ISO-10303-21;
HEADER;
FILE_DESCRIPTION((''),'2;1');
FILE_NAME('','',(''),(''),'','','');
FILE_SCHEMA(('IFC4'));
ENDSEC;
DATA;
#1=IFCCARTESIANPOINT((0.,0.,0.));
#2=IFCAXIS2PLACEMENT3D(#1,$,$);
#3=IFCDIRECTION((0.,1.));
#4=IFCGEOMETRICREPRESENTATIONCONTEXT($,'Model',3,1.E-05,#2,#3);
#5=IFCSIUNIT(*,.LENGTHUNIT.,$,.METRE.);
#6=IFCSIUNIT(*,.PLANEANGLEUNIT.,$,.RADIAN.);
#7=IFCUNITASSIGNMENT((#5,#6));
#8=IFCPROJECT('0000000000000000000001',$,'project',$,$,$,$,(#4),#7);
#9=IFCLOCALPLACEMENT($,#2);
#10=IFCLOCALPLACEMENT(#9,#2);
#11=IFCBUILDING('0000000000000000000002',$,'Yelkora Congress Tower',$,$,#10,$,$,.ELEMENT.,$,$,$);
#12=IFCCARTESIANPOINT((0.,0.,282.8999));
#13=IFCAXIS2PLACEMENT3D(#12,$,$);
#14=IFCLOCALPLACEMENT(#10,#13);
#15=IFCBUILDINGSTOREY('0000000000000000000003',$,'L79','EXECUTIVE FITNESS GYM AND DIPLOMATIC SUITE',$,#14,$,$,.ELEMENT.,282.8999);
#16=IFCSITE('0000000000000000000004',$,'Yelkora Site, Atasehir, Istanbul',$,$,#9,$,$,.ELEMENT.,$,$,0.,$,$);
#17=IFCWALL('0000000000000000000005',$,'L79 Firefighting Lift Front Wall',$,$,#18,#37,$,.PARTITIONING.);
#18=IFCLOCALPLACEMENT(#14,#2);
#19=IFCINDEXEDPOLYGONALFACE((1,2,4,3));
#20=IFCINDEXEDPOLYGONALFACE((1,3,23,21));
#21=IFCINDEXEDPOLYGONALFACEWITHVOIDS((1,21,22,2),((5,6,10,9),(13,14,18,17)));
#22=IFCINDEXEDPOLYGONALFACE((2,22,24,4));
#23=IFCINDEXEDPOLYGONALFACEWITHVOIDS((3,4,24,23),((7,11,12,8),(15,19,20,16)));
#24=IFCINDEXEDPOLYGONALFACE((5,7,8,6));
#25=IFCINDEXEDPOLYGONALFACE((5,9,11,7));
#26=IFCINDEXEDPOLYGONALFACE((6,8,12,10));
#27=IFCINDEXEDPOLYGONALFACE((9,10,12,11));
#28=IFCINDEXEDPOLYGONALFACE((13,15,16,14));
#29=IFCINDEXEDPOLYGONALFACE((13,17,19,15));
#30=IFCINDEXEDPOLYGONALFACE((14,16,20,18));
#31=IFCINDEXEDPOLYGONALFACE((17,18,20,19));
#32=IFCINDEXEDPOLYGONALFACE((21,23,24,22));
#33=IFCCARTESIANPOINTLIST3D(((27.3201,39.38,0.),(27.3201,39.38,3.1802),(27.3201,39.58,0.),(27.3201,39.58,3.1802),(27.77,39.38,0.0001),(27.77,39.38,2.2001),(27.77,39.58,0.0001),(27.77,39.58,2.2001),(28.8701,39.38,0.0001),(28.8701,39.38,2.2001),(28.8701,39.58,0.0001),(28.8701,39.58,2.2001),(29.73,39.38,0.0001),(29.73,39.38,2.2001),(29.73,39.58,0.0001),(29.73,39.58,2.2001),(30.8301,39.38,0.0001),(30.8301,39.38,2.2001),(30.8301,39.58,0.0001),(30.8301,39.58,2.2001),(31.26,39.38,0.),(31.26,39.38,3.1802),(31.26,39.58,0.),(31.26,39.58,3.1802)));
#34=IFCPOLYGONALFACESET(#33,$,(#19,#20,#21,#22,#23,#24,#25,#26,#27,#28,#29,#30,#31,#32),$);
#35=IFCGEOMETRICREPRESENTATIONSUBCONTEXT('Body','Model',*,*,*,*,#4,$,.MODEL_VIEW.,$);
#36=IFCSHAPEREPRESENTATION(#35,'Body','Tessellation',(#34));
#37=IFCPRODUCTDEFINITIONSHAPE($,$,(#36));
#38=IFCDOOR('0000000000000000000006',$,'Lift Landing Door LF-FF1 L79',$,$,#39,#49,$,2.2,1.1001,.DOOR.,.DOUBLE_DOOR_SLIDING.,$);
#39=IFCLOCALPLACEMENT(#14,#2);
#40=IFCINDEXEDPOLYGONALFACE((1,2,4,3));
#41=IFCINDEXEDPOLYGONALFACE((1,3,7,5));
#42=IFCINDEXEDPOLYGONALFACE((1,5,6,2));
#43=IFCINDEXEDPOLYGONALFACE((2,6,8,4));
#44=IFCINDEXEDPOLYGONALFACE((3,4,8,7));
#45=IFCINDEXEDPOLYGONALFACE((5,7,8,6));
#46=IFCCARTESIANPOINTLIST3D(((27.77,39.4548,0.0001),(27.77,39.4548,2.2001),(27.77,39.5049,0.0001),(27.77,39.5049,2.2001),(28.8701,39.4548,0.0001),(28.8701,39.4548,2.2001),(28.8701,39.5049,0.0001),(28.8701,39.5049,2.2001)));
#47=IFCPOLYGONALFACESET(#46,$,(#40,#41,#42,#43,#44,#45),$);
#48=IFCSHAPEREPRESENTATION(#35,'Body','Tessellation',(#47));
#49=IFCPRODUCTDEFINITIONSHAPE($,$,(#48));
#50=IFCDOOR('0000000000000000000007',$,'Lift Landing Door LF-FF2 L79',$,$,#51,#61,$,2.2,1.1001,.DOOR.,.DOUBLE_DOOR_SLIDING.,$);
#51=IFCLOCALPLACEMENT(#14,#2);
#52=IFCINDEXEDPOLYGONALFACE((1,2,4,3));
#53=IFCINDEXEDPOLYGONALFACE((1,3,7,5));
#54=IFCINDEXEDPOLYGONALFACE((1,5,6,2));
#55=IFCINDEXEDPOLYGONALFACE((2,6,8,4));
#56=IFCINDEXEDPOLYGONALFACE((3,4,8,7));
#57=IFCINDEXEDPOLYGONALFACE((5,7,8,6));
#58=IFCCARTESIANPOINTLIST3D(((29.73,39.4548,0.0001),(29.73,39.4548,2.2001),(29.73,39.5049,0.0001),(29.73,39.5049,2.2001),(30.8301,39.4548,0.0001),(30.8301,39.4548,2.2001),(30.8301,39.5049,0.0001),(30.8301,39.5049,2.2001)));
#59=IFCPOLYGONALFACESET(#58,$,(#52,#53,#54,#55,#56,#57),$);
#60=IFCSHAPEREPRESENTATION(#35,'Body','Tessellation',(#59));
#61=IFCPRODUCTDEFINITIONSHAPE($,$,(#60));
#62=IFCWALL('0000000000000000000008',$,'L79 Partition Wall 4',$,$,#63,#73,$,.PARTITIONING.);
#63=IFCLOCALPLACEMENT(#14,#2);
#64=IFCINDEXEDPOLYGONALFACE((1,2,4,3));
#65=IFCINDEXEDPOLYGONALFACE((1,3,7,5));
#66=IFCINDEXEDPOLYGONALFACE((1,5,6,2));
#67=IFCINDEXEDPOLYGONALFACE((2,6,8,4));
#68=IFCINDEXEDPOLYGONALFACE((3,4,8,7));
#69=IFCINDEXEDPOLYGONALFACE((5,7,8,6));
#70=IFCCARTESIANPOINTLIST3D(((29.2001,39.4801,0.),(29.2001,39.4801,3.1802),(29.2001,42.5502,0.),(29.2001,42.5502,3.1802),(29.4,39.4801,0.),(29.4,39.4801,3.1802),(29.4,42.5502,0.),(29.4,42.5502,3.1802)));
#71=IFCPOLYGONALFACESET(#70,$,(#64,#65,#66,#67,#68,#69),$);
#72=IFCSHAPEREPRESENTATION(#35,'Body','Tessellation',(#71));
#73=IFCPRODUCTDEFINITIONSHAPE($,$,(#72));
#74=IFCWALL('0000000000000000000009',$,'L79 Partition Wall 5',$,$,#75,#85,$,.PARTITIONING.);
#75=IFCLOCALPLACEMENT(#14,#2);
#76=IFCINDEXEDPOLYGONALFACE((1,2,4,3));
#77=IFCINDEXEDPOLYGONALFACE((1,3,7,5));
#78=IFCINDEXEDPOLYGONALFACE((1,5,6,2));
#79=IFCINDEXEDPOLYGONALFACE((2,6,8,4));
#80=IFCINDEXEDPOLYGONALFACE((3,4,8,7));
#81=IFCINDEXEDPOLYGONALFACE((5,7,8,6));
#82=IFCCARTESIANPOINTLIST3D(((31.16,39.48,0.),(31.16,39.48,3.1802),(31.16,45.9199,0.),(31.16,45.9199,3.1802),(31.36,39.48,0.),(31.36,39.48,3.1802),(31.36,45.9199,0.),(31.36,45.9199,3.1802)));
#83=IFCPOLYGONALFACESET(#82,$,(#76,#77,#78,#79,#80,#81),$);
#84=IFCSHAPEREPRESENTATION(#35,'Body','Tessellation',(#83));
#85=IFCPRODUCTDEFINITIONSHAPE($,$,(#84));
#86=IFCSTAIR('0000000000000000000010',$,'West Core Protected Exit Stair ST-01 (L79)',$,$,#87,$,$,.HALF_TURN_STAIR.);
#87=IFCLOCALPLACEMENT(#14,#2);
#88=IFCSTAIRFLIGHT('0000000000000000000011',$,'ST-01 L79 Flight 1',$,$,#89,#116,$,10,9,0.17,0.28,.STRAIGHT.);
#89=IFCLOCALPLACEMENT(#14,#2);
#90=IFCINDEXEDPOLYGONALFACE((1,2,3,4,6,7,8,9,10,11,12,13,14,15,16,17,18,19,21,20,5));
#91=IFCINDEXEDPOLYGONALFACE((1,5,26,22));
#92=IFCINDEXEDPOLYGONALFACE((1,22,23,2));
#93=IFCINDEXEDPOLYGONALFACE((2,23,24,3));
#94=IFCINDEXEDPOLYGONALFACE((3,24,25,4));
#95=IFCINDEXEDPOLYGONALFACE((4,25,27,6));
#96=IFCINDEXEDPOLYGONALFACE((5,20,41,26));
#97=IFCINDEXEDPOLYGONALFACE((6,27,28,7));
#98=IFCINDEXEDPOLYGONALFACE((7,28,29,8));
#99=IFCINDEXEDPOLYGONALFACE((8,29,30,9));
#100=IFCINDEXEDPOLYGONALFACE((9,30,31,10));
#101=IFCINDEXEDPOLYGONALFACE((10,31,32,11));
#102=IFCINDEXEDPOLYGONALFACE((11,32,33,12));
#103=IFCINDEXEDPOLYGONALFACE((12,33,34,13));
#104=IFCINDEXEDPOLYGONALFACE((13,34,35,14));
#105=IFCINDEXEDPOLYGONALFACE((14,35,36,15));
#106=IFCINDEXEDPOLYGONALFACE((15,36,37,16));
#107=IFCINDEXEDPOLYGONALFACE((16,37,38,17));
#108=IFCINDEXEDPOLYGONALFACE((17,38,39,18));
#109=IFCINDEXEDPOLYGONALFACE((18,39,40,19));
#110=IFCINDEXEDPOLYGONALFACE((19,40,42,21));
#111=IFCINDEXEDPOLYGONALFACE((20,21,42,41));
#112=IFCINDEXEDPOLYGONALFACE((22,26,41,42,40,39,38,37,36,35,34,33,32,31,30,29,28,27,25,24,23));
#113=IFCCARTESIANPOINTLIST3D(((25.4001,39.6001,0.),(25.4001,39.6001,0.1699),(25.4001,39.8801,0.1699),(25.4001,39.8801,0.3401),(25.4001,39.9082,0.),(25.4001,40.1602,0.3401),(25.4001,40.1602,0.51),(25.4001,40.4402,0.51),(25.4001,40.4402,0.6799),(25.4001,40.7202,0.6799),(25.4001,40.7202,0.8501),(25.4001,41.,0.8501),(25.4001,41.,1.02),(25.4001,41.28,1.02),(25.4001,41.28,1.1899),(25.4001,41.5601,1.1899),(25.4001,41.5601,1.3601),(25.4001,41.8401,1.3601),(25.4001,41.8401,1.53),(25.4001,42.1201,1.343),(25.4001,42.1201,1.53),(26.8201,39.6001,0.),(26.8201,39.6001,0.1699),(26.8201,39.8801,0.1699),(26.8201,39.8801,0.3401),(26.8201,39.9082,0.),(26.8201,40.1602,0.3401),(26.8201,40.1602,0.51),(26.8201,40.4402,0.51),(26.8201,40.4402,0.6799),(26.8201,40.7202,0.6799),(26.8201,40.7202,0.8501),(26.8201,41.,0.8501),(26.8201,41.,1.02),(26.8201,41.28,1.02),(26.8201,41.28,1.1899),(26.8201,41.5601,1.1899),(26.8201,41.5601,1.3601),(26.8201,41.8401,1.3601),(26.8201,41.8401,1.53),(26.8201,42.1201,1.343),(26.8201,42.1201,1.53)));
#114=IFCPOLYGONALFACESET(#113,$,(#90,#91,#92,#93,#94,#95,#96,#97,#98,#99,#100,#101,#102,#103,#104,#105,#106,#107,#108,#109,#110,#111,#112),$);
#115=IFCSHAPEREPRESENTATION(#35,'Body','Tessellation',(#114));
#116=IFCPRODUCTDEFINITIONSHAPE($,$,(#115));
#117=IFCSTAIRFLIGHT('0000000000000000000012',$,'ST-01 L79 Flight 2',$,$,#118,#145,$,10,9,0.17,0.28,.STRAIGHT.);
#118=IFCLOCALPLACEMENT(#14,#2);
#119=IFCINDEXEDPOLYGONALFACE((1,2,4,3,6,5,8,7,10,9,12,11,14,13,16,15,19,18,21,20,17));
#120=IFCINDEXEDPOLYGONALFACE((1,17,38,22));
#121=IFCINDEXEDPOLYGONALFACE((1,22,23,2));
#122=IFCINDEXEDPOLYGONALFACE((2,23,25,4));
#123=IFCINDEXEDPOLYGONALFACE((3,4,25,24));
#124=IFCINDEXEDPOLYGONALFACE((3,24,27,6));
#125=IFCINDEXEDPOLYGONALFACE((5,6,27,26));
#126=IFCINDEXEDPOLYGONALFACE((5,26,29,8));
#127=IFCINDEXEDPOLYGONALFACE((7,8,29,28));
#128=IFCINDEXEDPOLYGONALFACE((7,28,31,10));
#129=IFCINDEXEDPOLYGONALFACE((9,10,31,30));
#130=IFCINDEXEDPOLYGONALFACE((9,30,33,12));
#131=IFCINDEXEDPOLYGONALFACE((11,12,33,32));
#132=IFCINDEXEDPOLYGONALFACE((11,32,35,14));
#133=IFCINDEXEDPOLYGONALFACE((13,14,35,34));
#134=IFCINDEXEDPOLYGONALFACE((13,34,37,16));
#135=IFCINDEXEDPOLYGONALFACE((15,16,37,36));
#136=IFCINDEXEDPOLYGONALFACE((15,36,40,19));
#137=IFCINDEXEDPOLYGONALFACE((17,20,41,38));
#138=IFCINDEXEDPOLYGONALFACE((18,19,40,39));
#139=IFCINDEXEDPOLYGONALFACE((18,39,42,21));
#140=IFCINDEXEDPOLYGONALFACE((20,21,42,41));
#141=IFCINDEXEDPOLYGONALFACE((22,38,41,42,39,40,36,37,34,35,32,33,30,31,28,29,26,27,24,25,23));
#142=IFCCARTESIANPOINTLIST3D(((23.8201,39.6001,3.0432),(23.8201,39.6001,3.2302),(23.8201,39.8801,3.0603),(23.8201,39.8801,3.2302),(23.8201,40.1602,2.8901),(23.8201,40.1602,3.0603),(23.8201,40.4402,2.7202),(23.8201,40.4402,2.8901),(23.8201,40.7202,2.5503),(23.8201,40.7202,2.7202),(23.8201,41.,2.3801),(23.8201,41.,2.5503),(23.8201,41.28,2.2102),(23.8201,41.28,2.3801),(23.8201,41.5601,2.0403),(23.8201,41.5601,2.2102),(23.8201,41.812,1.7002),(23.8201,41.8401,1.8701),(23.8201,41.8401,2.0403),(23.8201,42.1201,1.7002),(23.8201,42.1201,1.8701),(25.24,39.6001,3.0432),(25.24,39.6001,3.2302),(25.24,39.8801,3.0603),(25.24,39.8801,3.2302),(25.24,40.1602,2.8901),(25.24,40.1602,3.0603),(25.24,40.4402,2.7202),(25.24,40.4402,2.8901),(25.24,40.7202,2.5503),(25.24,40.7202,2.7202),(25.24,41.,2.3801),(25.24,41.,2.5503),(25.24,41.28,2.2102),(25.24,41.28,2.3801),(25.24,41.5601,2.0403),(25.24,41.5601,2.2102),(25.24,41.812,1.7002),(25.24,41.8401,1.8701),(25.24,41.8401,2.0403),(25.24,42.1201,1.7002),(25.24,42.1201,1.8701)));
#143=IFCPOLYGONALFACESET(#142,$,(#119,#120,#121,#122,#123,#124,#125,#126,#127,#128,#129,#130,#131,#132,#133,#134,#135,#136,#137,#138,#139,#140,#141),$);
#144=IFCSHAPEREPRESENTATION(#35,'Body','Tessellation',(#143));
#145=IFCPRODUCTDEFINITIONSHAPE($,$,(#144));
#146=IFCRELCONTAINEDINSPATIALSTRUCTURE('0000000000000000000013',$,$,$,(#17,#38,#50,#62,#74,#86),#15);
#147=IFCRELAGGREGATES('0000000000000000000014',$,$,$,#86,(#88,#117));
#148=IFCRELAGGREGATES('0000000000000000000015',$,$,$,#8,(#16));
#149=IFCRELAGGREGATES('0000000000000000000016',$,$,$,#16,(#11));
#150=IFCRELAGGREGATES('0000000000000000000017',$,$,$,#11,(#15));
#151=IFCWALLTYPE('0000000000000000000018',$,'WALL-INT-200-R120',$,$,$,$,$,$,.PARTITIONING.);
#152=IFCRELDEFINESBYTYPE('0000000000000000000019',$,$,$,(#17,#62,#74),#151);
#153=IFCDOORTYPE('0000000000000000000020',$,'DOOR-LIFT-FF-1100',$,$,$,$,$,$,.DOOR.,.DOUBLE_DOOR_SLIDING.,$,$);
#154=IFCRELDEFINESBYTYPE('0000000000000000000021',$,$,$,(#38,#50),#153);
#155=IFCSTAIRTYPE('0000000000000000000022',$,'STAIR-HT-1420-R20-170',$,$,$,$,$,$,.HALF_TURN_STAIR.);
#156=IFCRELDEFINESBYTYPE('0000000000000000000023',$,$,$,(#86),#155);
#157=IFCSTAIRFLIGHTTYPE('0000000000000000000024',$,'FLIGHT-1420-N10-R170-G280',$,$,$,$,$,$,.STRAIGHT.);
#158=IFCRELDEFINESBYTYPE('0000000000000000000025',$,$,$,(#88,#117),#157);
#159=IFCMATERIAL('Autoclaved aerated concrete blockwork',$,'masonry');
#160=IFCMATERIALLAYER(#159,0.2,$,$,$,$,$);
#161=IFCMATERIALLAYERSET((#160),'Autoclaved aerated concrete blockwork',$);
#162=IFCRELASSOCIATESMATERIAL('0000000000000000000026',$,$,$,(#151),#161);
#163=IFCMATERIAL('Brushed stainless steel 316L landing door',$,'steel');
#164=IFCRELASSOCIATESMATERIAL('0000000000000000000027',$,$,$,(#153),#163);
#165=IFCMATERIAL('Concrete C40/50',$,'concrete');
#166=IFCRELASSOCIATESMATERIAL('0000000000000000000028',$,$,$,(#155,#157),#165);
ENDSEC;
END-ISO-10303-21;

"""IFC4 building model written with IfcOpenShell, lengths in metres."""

from ifc_helpers import new_model, si_unit, direction, frame, frame_2d, origin, place, context, subcontext, project, spatial, polyline, rectangle, outline, extrude, material, layer, layer_set, type_object, element, fill, aggregate, save


model = new_model("IFC4")

# Units and contexts
model_context = context("Model", 3, precision=1e-05, world=origin(), true_north=direction((0.0, 1.0)))
body_context = subcontext(model_context, "Body", "Model", "MODEL_VIEW")
ifc_project = project(units=[si_unit("LENGTHUNIT", "METRE"), si_unit("PLANEANGLEUNIT", "RADIAN")], contexts=[model_context])

# Site, building, storey
site_placement = place(None, origin())
site = spatial("IfcSite", under=ifc_project, at=site_placement, Name="Yelkora Site, Atasehir, Istanbul", CompositionType="ELEMENT", RefElevation=0.0)
building_placement = place(site_placement, origin())
building = spatial("IfcBuilding", under=site, at=building_placement, Name="Yelkora Congress Tower", CompositionType="ELEMENT")
storey_placement = place(building_placement, frame((0.0, 0.0, 282.8999)))
storey = spatial("IfcBuildingStorey", under=building, at=storey_placement, Name="L79", Description="EXECUTIVE FITNESS GYM AND DIPLOMATIC SUITE", CompositionType="ELEMENT", Elevation=282.8999)

# Shared definitions
ifc_material_1 = material(Name="Autoclaved aerated concrete blockwork", Category="masonry")
ifc_layer_1 = layer(ifc_material_1, 0.2)
ifc_layer_set_1 = layer_set([ifc_layer_1], Name="Autoclaved aerated concrete blockwork")
wall_type_1 = type_object("IfcWallType", Name="WALL-INT-200-R120", PredefinedType="PARTITIONING", material=ifc_layer_set_1)

# Wall, openings, doors
wall_1_placement = place(storey_placement, frame((27.3201, 39.48, 0.0), z_axis=(0.0, 0.0, 1.0), x_axis=(1.0, 0.0, 0.0)))
wall_1 = element("IfcWall", 1, at=wall_1_placement, inside=storey, type_object=wall_type_1, Name="L79 Firefighting Lift Front Wall", PredefinedType="PARTITIONING", context=body_context, shape_type="SweptSolid", body=[
    extrude(rectangle(XDim=3.9399, YDim=0.2, at=frame_2d((1.97, 0.0))), origin(), (0.0, 0.0, 1.0), 3.1802),
])
opening_1_placement = place(wall_1_placement, frame((0.45, 0.0, 0.0)))
opening_1 = element("IfcOpeningElement", 2, at=opening_1_placement, cuts=wall_1, PredefinedType="OPENING", context=body_context, shape_type="SweptSolid", body=[
    extrude(rectangle(XDim=1.1001, YDim=2.2, at=frame_2d((0.55, 1.1001))), frame((0.0, 0.1099, 0.0), z_axis=(0.0, -1.0, 0.0), x_axis=(1.0, 0.0, 0.0)), (0.0, 0.0, 1.0), 0.22),
])
opening_2_placement = place(wall_1_placement, frame((2.4099, 0.0, 0.0)))
opening_2 = element("IfcOpeningElement", 3, at=opening_2_placement, cuts=wall_1, PredefinedType="OPENING", context=body_context, shape_type="SweptSolid", body=[
    extrude(rectangle(XDim=1.1001, YDim=2.2, at=frame_2d((0.55, 1.1001))), frame((0.0, 0.1099, 0.0), z_axis=(0.0, -1.0, 0.0), x_axis=(1.0, 0.0, 0.0)), (0.0, 0.0, 1.0), 0.22),
])
ifc_material_2 = material(Name="Brushed stainless steel 316L landing door", Category="steel")
door_type_1 = type_object("IfcDoorType", Name="DOOR-LIFT-FF-1100", OperationType="DOUBLE_DOOR_SLIDING", PredefinedType="DOOR", material=ifc_material_2)
door_1_placement = place(opening_1_placement, origin())
door_1 = element("IfcDoor", 4, at=door_1_placement, inside=storey, type_object=door_type_1, Name="Lift Landing Door LF-FF1 L79", OperationType="DOUBLE_DOOR_SLIDING", OverallHeight=2.2, OverallWidth=1.1001, PredefinedType="DOOR", context=body_context, shape_type="SweptSolid", body=[
    extrude(rectangle(XDim=1.1001, YDim=2.2, at=frame_2d((0.55, 1.1001))), frame((0.0, 0.0249, 0.0), z_axis=(0.0, -1.0, 0.0), x_axis=(1.0, 0.0, 0.0)), (0.0, 0.0, 1.0), 0.05),
])
fill(opening_1, door_1)
door_2_placement = place(opening_2_placement, origin())
door_2 = element("IfcDoor", 5, at=door_2_placement, inside=storey, type_object=door_type_1, Name="Lift Landing Door LF-FF2 L79", OperationType="DOUBLE_DOOR_SLIDING", OverallHeight=2.2, OverallWidth=1.1001, PredefinedType="DOOR", context=body_context, shape_type="SweptSolid", body=[
    extrude(rectangle(XDim=1.1001, YDim=2.2, at=frame_2d((0.55, 1.1001))), frame((0.0, 0.0249, 0.0), z_axis=(0.0, -1.0, 0.0), x_axis=(1.0, 0.0, 0.0)), (0.0, 0.0, 1.0), 0.05),
])
fill(opening_2, door_2)

# Walls
wall_2_placement = place(storey_placement, frame((29.3, 39.48, 0.0), z_axis=(0.0, 0.0, 1.0), x_axis=(0.0, 1.0, 0.0)))
element("IfcWall", 6, at=wall_2_placement, inside=storey, type_object=wall_type_1, Name="L79 Partition Wall 4", PredefinedType="PARTITIONING", context=body_context, shape_type="SweptSolid", body=[
    extrude(rectangle(XDim=3.0701, YDim=0.2, at=frame_2d((1.5352, 0.0))), origin(), (0.0, 0.0, 1.0), 3.1802),
])
wall_3_placement = place(storey_placement, frame((31.26, 39.48, 0.0), z_axis=(0.0, 0.0, 1.0), x_axis=(0.0, 1.0, 0.0)))
element("IfcWall", 7, at=wall_3_placement, inside=storey, type_object=wall_type_1, Name="L79 Partition Wall 5", PredefinedType="PARTITIONING", context=body_context, shape_type="SweptSolid", body=[
    extrude(rectangle(XDim=6.4399, YDim=0.2, at=frame_2d((3.22, 0.0))), origin(), (0.0, 0.0, 1.0), 3.1802),
])

# Stair, stair flights
ifc_material_3 = material(Name="Concrete C40/50", Category="concrete")
stair_type = type_object("IfcStairType", Name="STAIR-HT-1420-R20-170", PredefinedType="HALF_TURN_STAIR", material=ifc_material_3)
stair_placement = place(storey_placement, origin())
stair = element("IfcStair", 8, at=stair_placement, inside=storey, type_object=stair_type, Name="West Core Protected Exit Stair ST-01 (L79)", PredefinedType="HALF_TURN_STAIR")
stair_flight_type = type_object("IfcStairFlightType", Name="FLIGHT-1420-N10-R170-G280", PredefinedType="STRAIGHT", material=ifc_material_3)
stair_flight_1_placement = place(storey_placement, frame((26.1101, 39.6001, 0.0), z_axis=(0.0, 0.0, 1.0), x_axis=(0.0, 1.0, 0.0)))
stair_flight_1 = element("IfcStairFlight", 9, at=stair_flight_1_placement, type_object=stair_flight_type, Name="ST-01 L79 Flight 1", NumberOfRisers=10, NumberOfTreads=9, PredefinedType="STRAIGHT", RiserHeight=0.17, TreadLength=0.28, context=body_context, shape_type="SweptSolid", body=[
    extrude(outline(polyline([(0.0, 0.0), (0.0, 0.1699), (0.28, 0.1699), (0.28, 0.3401), (0.5601, 0.3401), (0.5601, 0.51), (0.8401, 0.51), (0.8401, 0.6799), (1.1201, 0.6799), (1.1201, 0.8501), (1.3999, 0.8501), (1.3999, 1.02), (1.6799, 1.02), (1.6799, 1.1899), (1.96, 1.1899), (1.96, 1.3601), (2.24, 1.3601), (2.24, 1.53), (2.52, 1.53), (2.52, 1.7), (2.52, 1.343), (0.3081, 0.0), (0.0, 0.0)])), frame((0.0, 0.71, 0.0), z_axis=(0.0, -1.0, 0.0), x_axis=(1.0, 0.0, 0.0)), (0.0, 0.0, 1.0), 1.4199),
])
stair_flight_2_placement = place(storey_placement, frame((24.53, 42.1201, 1.7002), z_axis=(0.0, 0.0, 1.0), x_axis=(0.0, -1.0, 0.0)))
stair_flight_2 = element("IfcStairFlight", 10, at=stair_flight_2_placement, type_object=stair_flight_type, Name="ST-01 L79 Flight 2", NumberOfRisers=10, NumberOfTreads=9, PredefinedType="STRAIGHT", RiserHeight=0.17, TreadLength=0.28, context=body_context, shape_type="SweptSolid", body=[
    extrude(outline(polyline([(0.0, 0.0), (0.0, 0.1699), (0.28, 0.1699), (0.28, 0.3401), (0.5601, 0.3401), (0.5601, 0.51), (0.8401, 0.51), (0.8401, 0.6799), (1.1201, 0.6799), (1.1201, 0.8501), (1.3999, 0.8501), (1.3999, 1.02), (1.6799, 1.02), (1.6799, 1.1899), (1.96, 1.1899), (1.96, 1.3601), (2.24, 1.3601), (2.24, 1.53), (2.52, 1.53), (2.52, 1.7), (2.52, 1.343), (0.3081, 0.0), (0.0, 0.0)])), frame((0.0, 0.71, 0.0), z_axis=(0.0, -1.0, 0.0), x_axis=(1.0, 0.0, 0.0)), (0.0, 0.0, 1.0), 1.4199),
])
aggregate(stair, [stair_flight_1, stair_flight_2])

save(model, "model.ifc")
